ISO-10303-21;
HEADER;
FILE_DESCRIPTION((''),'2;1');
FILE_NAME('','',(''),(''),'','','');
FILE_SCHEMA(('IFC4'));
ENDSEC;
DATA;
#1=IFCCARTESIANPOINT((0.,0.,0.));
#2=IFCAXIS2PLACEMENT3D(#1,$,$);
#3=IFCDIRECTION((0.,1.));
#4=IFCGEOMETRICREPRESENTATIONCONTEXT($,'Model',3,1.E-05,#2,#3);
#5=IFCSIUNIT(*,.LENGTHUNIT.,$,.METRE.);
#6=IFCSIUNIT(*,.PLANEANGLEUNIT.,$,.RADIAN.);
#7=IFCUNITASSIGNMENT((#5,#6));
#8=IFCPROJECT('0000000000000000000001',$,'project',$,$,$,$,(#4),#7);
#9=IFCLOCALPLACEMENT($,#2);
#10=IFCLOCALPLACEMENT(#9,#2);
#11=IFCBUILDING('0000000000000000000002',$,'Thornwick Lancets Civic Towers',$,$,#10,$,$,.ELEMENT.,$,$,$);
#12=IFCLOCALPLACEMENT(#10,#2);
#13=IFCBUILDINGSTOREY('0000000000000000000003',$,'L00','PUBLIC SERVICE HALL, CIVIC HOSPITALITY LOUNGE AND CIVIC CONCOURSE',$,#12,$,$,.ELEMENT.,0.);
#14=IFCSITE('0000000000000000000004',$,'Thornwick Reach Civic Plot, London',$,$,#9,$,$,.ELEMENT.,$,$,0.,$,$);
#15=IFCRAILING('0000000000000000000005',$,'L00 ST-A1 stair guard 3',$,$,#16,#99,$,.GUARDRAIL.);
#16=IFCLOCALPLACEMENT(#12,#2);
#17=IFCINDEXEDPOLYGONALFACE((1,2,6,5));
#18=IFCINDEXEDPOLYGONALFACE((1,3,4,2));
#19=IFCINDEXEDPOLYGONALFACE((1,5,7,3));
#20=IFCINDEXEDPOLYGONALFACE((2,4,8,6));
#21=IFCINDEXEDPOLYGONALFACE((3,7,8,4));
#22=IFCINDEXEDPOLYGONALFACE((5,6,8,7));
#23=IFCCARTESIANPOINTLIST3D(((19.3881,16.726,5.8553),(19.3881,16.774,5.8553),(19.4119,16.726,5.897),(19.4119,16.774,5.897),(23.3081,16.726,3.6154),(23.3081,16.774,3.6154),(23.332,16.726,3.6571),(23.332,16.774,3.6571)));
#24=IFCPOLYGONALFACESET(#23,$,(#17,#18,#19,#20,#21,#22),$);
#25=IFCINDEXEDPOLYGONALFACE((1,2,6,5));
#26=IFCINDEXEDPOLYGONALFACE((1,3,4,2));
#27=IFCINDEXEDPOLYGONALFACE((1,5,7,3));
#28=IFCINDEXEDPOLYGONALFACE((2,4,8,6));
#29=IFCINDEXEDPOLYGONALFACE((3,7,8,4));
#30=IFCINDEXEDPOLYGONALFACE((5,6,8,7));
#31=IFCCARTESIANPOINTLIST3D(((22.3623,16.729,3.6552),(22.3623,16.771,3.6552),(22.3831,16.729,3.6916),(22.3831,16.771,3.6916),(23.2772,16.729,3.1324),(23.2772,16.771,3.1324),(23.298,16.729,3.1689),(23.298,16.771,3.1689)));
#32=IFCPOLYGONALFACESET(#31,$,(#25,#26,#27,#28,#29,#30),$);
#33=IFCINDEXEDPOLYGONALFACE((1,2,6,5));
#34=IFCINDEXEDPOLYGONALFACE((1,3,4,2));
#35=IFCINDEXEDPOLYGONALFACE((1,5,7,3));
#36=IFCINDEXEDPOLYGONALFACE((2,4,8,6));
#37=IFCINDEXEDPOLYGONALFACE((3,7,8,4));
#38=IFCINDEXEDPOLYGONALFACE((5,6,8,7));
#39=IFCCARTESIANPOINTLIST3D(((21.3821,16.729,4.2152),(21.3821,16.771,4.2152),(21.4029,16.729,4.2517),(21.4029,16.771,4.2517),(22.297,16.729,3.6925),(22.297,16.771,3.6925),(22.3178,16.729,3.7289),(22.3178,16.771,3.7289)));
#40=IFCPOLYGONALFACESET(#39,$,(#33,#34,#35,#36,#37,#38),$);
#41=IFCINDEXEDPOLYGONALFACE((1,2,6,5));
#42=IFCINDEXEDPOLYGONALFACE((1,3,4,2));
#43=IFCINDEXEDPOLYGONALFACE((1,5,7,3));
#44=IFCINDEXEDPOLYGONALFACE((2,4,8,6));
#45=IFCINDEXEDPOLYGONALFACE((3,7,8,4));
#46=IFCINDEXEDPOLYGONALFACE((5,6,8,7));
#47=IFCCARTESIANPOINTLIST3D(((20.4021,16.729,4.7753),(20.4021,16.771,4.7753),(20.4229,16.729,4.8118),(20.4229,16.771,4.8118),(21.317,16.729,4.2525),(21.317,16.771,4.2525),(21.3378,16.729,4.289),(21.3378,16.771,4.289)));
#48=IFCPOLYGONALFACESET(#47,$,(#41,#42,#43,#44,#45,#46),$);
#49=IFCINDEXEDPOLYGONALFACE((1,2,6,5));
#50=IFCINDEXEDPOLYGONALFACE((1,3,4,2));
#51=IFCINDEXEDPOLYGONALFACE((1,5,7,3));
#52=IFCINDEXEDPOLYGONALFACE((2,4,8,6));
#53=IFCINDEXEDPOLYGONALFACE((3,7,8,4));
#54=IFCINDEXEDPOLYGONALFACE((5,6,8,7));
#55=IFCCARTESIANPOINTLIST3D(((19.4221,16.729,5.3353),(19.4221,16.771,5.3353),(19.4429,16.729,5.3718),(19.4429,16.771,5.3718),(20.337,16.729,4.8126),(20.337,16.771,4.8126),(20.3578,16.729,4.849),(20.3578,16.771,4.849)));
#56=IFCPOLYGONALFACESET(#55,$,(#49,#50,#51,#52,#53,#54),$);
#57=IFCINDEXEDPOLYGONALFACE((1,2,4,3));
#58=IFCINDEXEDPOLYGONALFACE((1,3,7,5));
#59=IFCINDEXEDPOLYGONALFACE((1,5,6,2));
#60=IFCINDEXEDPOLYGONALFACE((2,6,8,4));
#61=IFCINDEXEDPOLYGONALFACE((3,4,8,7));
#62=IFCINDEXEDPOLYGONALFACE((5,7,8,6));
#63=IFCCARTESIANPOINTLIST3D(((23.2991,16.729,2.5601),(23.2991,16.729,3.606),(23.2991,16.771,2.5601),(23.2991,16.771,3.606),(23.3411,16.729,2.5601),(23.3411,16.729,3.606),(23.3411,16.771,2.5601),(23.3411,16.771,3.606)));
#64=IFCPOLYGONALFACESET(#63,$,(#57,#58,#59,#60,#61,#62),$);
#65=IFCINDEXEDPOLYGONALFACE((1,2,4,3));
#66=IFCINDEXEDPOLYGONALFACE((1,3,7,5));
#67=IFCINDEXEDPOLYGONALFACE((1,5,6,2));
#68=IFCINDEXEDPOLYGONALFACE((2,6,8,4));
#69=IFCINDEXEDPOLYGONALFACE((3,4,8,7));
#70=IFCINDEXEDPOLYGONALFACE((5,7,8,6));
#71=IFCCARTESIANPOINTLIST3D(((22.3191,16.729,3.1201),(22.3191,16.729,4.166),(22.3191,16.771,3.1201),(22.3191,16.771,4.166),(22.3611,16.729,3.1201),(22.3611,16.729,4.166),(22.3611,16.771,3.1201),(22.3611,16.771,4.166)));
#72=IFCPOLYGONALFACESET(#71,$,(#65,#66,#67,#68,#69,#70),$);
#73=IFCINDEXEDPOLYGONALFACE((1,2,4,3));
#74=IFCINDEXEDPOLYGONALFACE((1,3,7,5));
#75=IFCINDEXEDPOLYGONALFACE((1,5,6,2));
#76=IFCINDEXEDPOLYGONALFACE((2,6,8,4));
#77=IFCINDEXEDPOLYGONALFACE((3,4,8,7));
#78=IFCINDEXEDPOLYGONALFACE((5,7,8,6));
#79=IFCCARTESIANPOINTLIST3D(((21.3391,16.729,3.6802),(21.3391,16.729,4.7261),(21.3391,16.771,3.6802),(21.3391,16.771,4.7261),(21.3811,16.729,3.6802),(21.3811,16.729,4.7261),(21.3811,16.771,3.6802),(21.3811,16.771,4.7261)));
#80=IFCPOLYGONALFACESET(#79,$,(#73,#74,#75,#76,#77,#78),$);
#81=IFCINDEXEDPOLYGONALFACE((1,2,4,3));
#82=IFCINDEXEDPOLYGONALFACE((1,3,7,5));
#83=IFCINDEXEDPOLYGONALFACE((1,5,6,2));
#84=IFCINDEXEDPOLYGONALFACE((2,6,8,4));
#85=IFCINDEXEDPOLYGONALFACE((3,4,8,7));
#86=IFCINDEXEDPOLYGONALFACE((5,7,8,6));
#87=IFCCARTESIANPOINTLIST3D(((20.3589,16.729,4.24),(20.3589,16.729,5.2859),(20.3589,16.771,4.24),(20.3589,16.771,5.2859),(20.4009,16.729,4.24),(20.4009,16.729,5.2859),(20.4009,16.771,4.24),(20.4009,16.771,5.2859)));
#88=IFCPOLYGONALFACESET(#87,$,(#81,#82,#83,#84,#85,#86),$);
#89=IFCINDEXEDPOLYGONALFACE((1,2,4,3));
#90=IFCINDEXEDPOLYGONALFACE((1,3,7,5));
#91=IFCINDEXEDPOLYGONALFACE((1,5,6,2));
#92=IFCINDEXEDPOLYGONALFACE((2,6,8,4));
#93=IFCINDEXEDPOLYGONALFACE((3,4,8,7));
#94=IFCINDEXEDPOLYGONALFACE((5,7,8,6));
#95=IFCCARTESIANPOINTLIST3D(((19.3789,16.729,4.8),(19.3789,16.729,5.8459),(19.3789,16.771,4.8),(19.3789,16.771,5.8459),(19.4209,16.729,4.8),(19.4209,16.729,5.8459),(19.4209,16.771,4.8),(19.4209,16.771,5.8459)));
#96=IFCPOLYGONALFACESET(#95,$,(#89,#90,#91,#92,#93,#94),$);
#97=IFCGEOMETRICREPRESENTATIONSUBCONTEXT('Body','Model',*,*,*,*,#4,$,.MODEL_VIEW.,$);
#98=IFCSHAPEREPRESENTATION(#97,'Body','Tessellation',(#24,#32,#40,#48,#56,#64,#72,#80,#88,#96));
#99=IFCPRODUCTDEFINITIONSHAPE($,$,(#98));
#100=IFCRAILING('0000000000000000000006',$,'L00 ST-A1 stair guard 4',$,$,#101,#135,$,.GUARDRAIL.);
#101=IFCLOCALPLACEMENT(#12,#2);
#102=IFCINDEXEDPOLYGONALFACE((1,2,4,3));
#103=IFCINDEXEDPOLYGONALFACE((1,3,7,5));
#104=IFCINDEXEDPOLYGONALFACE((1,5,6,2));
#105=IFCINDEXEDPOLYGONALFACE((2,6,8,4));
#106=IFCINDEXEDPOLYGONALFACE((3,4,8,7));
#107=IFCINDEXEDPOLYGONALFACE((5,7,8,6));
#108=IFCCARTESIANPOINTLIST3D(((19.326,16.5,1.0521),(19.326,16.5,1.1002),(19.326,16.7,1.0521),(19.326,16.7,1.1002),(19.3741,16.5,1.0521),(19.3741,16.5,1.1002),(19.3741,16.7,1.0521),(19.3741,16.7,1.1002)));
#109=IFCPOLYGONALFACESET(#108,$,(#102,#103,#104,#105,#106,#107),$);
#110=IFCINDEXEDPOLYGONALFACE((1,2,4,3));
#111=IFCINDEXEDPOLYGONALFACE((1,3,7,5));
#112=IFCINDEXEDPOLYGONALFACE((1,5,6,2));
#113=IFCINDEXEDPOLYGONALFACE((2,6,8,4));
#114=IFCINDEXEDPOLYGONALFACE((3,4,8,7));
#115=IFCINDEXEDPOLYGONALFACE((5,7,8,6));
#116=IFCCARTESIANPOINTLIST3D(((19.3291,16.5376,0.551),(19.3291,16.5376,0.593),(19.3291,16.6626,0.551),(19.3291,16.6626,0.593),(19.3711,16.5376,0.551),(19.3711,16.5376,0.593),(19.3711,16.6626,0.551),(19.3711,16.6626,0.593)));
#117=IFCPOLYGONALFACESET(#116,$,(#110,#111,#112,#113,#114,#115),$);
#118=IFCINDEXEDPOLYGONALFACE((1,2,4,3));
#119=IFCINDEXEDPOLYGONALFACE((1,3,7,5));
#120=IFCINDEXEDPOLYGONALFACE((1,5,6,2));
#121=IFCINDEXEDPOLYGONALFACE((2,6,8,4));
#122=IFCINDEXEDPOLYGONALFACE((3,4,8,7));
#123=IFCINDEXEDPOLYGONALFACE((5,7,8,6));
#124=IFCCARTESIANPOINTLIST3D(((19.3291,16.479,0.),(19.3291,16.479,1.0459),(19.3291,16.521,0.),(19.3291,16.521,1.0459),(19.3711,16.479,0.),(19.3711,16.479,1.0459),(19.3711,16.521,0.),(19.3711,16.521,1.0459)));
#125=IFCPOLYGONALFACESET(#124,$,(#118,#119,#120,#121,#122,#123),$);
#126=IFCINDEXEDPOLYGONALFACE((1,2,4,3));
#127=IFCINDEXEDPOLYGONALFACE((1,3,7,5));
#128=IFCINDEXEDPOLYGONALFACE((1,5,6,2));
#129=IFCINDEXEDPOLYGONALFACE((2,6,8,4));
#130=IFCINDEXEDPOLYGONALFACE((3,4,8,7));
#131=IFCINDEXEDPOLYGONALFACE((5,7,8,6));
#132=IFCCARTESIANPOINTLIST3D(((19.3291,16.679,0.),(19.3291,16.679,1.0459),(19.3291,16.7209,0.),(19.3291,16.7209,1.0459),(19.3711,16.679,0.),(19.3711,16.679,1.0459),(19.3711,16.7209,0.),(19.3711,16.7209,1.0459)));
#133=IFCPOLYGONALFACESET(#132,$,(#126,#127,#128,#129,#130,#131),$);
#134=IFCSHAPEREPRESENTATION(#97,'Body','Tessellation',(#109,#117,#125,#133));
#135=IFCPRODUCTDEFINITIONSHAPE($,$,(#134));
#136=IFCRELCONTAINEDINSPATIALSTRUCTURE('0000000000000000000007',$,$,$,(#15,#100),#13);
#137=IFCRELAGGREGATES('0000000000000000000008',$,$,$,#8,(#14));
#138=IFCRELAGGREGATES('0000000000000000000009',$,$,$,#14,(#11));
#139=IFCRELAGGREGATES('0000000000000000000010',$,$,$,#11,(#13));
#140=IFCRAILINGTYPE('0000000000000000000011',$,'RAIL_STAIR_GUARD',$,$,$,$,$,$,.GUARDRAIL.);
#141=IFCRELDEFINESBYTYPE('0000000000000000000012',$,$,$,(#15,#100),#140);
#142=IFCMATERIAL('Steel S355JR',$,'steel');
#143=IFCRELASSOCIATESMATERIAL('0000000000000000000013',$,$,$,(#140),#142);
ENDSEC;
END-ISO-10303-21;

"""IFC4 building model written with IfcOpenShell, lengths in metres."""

from ifc_helpers import new_model, si_unit, direction, frame, origin, origin_2d, place, context, subcontext, project, spatial, rectangle, extrude, material, type_object, element, save


model = new_model("IFC4")

# Units and contexts
model_context = context("Model", 3, precision=1e-05, world=origin(), true_north=direction((0.0, 1.0)))
body_context = subcontext(model_context, "Body", "Model", "MODEL_VIEW")
ifc_project = project(units=[si_unit("LENGTHUNIT", "METRE"), si_unit("PLANEANGLEUNIT", "RADIAN")], contexts=[model_context])

# Site, building, storey
site_placement = place(None, origin())
site = spatial("IfcSite", under=ifc_project, at=site_placement, Name="Thornwick Reach Civic Plot, London", CompositionType="ELEMENT", RefElevation=0.0)
building_placement = place(site_placement, origin())
building = spatial("IfcBuilding", under=site, at=building_placement, Name="Thornwick Lancets Civic Towers", CompositionType="ELEMENT")
storey_placement = place(building_placement, origin())
storey = spatial("IfcBuildingStorey", under=building, at=storey_placement, Name="L00", Description="PUBLIC SERVICE HALL, CIVIC HOSPITALITY LOUNGE AND CIVIC CONCOURSE", CompositionType="ELEMENT", Elevation=0.0)

# Shared definitions
ifc_material_1 = material(Name="Steel S355JR", Category="steel")

# Railings
railing_type_1 = type_object("IfcRailingType", Name="RAIL_STAIR_GUARD", PredefinedType="GUARDRAIL", material=ifc_material_1)
railing_1_placement = place(storey_placement, frame((23.3201, 16.75, 2.5601)))
element("IfcRailing", 1, at=railing_1_placement, inside=storey, type_object=railing_type_1, Name="L00 ST-A1 stair guard 3", PredefinedType="GUARDRAIL", context=body_context, shape_type="SweptSolid", body=[
    extrude(rectangle(XDim=0.0481, YDim=0.0481, at=origin_2d()), frame((0.0, 0.0, 1.0762), z_axis=(-0.868253, 0.0, 0.496121), x_axis=(0.0, -1.0, 0.0)), (0.0, 0.0, 1.0), 4.5149),
    extrude(rectangle(XDim=0.042, YDim=0.042, at=origin_2d()), frame((-0.0325, 0.0, 0.5906), z_axis=(-0.868253, 0.0, 0.496121), x_axis=(0.0, -1.0, 0.0)), (0.0, 0.0, 1.0), 1.0537),
    extrude(rectangle(XDim=0.042, YDim=0.042, at=origin_2d()), frame((-1.0127, 0.0, 1.1506), z_axis=(-0.868253, 0.0, 0.496121), x_axis=(0.0, -1.0, 0.0)), (0.0, 0.0, 1.0), 1.0537),
    extrude(rectangle(XDim=0.042, YDim=0.042, at=origin_2d()), frame((-1.9927, 0.0, 1.7107), z_axis=(-0.868253, 0.0, 0.496121), x_axis=(0.0, -1.0, 0.0)), (0.0, 0.0, 1.0), 1.0537),
    extrude(rectangle(XDim=0.042, YDim=0.042, at=origin_2d()), frame((-2.9727, 0.0, 2.2708), z_axis=(-0.868253, 0.0, 0.496121), x_axis=(0.0, -1.0, 0.0)), (0.0, 0.0, 1.0), 1.0537),
    extrude(rectangle(XDim=0.042, YDim=0.042, at=origin_2d()), origin(), (0.0, 0.0, 1.0), 1.0459),
    extrude(rectangle(XDim=0.042, YDim=0.042, at=origin_2d()), frame((-0.98, 0.0, 0.5601)), (0.0, 0.0, 1.0), 1.0459),
    extrude(rectangle(XDim=0.042, YDim=0.042, at=origin_2d()), frame((-1.96, 0.0, 1.1201)), (0.0, 0.0, 1.0), 1.0459),
    extrude(rectangle(XDim=0.042, YDim=0.042, at=origin_2d()), frame((-2.9402, 0.0, 1.6799)), (0.0, 0.0, 1.0), 1.0459),
    extrude(rectangle(XDim=0.042, YDim=0.042, at=origin_2d()), frame((-3.9202, 0.0, 2.24)), (0.0, 0.0, 1.0), 1.0459),
])
railing_2_placement = place(storey_placement, frame((19.3501, 16.5, 0.0)))
element("IfcRailing", 2, at=railing_2_placement, inside=storey, type_object=railing_type_1, Name="L00 ST-A1 stair guard 4", PredefinedType="GUARDRAIL", context=body_context, shape_type="SweptSolid", body=[
    extrude(rectangle(XDim=0.0481, YDim=0.0481, at=origin_2d()), frame((0.0, 0.0, 1.0762), z_axis=(0.0, 1.0, 0.0), x_axis=(-1.0, 0.0, 0.0)), (0.0, 0.0, 1.0), 0.2),
    extrude(rectangle(XDim=0.042, YDim=0.042, at=origin_2d()), frame((0.0, 0.0376, 0.572), z_axis=(0.0, 1.0, 0.0), x_axis=(-1.0, 0.0, 0.0)), (0.0, 0.0, 1.0), 0.125),
    extrude(rectangle(XDim=0.042, YDim=0.042, at=origin_2d()), origin(), (0.0, 0.0, 1.0), 1.0459),
    extrude(rectangle(XDim=0.042, YDim=0.042, at=origin_2d()), frame((0.0, 0.2, 0.0)), (0.0, 0.0, 1.0), 1.0459),
])

save(model, "model.ifc")
